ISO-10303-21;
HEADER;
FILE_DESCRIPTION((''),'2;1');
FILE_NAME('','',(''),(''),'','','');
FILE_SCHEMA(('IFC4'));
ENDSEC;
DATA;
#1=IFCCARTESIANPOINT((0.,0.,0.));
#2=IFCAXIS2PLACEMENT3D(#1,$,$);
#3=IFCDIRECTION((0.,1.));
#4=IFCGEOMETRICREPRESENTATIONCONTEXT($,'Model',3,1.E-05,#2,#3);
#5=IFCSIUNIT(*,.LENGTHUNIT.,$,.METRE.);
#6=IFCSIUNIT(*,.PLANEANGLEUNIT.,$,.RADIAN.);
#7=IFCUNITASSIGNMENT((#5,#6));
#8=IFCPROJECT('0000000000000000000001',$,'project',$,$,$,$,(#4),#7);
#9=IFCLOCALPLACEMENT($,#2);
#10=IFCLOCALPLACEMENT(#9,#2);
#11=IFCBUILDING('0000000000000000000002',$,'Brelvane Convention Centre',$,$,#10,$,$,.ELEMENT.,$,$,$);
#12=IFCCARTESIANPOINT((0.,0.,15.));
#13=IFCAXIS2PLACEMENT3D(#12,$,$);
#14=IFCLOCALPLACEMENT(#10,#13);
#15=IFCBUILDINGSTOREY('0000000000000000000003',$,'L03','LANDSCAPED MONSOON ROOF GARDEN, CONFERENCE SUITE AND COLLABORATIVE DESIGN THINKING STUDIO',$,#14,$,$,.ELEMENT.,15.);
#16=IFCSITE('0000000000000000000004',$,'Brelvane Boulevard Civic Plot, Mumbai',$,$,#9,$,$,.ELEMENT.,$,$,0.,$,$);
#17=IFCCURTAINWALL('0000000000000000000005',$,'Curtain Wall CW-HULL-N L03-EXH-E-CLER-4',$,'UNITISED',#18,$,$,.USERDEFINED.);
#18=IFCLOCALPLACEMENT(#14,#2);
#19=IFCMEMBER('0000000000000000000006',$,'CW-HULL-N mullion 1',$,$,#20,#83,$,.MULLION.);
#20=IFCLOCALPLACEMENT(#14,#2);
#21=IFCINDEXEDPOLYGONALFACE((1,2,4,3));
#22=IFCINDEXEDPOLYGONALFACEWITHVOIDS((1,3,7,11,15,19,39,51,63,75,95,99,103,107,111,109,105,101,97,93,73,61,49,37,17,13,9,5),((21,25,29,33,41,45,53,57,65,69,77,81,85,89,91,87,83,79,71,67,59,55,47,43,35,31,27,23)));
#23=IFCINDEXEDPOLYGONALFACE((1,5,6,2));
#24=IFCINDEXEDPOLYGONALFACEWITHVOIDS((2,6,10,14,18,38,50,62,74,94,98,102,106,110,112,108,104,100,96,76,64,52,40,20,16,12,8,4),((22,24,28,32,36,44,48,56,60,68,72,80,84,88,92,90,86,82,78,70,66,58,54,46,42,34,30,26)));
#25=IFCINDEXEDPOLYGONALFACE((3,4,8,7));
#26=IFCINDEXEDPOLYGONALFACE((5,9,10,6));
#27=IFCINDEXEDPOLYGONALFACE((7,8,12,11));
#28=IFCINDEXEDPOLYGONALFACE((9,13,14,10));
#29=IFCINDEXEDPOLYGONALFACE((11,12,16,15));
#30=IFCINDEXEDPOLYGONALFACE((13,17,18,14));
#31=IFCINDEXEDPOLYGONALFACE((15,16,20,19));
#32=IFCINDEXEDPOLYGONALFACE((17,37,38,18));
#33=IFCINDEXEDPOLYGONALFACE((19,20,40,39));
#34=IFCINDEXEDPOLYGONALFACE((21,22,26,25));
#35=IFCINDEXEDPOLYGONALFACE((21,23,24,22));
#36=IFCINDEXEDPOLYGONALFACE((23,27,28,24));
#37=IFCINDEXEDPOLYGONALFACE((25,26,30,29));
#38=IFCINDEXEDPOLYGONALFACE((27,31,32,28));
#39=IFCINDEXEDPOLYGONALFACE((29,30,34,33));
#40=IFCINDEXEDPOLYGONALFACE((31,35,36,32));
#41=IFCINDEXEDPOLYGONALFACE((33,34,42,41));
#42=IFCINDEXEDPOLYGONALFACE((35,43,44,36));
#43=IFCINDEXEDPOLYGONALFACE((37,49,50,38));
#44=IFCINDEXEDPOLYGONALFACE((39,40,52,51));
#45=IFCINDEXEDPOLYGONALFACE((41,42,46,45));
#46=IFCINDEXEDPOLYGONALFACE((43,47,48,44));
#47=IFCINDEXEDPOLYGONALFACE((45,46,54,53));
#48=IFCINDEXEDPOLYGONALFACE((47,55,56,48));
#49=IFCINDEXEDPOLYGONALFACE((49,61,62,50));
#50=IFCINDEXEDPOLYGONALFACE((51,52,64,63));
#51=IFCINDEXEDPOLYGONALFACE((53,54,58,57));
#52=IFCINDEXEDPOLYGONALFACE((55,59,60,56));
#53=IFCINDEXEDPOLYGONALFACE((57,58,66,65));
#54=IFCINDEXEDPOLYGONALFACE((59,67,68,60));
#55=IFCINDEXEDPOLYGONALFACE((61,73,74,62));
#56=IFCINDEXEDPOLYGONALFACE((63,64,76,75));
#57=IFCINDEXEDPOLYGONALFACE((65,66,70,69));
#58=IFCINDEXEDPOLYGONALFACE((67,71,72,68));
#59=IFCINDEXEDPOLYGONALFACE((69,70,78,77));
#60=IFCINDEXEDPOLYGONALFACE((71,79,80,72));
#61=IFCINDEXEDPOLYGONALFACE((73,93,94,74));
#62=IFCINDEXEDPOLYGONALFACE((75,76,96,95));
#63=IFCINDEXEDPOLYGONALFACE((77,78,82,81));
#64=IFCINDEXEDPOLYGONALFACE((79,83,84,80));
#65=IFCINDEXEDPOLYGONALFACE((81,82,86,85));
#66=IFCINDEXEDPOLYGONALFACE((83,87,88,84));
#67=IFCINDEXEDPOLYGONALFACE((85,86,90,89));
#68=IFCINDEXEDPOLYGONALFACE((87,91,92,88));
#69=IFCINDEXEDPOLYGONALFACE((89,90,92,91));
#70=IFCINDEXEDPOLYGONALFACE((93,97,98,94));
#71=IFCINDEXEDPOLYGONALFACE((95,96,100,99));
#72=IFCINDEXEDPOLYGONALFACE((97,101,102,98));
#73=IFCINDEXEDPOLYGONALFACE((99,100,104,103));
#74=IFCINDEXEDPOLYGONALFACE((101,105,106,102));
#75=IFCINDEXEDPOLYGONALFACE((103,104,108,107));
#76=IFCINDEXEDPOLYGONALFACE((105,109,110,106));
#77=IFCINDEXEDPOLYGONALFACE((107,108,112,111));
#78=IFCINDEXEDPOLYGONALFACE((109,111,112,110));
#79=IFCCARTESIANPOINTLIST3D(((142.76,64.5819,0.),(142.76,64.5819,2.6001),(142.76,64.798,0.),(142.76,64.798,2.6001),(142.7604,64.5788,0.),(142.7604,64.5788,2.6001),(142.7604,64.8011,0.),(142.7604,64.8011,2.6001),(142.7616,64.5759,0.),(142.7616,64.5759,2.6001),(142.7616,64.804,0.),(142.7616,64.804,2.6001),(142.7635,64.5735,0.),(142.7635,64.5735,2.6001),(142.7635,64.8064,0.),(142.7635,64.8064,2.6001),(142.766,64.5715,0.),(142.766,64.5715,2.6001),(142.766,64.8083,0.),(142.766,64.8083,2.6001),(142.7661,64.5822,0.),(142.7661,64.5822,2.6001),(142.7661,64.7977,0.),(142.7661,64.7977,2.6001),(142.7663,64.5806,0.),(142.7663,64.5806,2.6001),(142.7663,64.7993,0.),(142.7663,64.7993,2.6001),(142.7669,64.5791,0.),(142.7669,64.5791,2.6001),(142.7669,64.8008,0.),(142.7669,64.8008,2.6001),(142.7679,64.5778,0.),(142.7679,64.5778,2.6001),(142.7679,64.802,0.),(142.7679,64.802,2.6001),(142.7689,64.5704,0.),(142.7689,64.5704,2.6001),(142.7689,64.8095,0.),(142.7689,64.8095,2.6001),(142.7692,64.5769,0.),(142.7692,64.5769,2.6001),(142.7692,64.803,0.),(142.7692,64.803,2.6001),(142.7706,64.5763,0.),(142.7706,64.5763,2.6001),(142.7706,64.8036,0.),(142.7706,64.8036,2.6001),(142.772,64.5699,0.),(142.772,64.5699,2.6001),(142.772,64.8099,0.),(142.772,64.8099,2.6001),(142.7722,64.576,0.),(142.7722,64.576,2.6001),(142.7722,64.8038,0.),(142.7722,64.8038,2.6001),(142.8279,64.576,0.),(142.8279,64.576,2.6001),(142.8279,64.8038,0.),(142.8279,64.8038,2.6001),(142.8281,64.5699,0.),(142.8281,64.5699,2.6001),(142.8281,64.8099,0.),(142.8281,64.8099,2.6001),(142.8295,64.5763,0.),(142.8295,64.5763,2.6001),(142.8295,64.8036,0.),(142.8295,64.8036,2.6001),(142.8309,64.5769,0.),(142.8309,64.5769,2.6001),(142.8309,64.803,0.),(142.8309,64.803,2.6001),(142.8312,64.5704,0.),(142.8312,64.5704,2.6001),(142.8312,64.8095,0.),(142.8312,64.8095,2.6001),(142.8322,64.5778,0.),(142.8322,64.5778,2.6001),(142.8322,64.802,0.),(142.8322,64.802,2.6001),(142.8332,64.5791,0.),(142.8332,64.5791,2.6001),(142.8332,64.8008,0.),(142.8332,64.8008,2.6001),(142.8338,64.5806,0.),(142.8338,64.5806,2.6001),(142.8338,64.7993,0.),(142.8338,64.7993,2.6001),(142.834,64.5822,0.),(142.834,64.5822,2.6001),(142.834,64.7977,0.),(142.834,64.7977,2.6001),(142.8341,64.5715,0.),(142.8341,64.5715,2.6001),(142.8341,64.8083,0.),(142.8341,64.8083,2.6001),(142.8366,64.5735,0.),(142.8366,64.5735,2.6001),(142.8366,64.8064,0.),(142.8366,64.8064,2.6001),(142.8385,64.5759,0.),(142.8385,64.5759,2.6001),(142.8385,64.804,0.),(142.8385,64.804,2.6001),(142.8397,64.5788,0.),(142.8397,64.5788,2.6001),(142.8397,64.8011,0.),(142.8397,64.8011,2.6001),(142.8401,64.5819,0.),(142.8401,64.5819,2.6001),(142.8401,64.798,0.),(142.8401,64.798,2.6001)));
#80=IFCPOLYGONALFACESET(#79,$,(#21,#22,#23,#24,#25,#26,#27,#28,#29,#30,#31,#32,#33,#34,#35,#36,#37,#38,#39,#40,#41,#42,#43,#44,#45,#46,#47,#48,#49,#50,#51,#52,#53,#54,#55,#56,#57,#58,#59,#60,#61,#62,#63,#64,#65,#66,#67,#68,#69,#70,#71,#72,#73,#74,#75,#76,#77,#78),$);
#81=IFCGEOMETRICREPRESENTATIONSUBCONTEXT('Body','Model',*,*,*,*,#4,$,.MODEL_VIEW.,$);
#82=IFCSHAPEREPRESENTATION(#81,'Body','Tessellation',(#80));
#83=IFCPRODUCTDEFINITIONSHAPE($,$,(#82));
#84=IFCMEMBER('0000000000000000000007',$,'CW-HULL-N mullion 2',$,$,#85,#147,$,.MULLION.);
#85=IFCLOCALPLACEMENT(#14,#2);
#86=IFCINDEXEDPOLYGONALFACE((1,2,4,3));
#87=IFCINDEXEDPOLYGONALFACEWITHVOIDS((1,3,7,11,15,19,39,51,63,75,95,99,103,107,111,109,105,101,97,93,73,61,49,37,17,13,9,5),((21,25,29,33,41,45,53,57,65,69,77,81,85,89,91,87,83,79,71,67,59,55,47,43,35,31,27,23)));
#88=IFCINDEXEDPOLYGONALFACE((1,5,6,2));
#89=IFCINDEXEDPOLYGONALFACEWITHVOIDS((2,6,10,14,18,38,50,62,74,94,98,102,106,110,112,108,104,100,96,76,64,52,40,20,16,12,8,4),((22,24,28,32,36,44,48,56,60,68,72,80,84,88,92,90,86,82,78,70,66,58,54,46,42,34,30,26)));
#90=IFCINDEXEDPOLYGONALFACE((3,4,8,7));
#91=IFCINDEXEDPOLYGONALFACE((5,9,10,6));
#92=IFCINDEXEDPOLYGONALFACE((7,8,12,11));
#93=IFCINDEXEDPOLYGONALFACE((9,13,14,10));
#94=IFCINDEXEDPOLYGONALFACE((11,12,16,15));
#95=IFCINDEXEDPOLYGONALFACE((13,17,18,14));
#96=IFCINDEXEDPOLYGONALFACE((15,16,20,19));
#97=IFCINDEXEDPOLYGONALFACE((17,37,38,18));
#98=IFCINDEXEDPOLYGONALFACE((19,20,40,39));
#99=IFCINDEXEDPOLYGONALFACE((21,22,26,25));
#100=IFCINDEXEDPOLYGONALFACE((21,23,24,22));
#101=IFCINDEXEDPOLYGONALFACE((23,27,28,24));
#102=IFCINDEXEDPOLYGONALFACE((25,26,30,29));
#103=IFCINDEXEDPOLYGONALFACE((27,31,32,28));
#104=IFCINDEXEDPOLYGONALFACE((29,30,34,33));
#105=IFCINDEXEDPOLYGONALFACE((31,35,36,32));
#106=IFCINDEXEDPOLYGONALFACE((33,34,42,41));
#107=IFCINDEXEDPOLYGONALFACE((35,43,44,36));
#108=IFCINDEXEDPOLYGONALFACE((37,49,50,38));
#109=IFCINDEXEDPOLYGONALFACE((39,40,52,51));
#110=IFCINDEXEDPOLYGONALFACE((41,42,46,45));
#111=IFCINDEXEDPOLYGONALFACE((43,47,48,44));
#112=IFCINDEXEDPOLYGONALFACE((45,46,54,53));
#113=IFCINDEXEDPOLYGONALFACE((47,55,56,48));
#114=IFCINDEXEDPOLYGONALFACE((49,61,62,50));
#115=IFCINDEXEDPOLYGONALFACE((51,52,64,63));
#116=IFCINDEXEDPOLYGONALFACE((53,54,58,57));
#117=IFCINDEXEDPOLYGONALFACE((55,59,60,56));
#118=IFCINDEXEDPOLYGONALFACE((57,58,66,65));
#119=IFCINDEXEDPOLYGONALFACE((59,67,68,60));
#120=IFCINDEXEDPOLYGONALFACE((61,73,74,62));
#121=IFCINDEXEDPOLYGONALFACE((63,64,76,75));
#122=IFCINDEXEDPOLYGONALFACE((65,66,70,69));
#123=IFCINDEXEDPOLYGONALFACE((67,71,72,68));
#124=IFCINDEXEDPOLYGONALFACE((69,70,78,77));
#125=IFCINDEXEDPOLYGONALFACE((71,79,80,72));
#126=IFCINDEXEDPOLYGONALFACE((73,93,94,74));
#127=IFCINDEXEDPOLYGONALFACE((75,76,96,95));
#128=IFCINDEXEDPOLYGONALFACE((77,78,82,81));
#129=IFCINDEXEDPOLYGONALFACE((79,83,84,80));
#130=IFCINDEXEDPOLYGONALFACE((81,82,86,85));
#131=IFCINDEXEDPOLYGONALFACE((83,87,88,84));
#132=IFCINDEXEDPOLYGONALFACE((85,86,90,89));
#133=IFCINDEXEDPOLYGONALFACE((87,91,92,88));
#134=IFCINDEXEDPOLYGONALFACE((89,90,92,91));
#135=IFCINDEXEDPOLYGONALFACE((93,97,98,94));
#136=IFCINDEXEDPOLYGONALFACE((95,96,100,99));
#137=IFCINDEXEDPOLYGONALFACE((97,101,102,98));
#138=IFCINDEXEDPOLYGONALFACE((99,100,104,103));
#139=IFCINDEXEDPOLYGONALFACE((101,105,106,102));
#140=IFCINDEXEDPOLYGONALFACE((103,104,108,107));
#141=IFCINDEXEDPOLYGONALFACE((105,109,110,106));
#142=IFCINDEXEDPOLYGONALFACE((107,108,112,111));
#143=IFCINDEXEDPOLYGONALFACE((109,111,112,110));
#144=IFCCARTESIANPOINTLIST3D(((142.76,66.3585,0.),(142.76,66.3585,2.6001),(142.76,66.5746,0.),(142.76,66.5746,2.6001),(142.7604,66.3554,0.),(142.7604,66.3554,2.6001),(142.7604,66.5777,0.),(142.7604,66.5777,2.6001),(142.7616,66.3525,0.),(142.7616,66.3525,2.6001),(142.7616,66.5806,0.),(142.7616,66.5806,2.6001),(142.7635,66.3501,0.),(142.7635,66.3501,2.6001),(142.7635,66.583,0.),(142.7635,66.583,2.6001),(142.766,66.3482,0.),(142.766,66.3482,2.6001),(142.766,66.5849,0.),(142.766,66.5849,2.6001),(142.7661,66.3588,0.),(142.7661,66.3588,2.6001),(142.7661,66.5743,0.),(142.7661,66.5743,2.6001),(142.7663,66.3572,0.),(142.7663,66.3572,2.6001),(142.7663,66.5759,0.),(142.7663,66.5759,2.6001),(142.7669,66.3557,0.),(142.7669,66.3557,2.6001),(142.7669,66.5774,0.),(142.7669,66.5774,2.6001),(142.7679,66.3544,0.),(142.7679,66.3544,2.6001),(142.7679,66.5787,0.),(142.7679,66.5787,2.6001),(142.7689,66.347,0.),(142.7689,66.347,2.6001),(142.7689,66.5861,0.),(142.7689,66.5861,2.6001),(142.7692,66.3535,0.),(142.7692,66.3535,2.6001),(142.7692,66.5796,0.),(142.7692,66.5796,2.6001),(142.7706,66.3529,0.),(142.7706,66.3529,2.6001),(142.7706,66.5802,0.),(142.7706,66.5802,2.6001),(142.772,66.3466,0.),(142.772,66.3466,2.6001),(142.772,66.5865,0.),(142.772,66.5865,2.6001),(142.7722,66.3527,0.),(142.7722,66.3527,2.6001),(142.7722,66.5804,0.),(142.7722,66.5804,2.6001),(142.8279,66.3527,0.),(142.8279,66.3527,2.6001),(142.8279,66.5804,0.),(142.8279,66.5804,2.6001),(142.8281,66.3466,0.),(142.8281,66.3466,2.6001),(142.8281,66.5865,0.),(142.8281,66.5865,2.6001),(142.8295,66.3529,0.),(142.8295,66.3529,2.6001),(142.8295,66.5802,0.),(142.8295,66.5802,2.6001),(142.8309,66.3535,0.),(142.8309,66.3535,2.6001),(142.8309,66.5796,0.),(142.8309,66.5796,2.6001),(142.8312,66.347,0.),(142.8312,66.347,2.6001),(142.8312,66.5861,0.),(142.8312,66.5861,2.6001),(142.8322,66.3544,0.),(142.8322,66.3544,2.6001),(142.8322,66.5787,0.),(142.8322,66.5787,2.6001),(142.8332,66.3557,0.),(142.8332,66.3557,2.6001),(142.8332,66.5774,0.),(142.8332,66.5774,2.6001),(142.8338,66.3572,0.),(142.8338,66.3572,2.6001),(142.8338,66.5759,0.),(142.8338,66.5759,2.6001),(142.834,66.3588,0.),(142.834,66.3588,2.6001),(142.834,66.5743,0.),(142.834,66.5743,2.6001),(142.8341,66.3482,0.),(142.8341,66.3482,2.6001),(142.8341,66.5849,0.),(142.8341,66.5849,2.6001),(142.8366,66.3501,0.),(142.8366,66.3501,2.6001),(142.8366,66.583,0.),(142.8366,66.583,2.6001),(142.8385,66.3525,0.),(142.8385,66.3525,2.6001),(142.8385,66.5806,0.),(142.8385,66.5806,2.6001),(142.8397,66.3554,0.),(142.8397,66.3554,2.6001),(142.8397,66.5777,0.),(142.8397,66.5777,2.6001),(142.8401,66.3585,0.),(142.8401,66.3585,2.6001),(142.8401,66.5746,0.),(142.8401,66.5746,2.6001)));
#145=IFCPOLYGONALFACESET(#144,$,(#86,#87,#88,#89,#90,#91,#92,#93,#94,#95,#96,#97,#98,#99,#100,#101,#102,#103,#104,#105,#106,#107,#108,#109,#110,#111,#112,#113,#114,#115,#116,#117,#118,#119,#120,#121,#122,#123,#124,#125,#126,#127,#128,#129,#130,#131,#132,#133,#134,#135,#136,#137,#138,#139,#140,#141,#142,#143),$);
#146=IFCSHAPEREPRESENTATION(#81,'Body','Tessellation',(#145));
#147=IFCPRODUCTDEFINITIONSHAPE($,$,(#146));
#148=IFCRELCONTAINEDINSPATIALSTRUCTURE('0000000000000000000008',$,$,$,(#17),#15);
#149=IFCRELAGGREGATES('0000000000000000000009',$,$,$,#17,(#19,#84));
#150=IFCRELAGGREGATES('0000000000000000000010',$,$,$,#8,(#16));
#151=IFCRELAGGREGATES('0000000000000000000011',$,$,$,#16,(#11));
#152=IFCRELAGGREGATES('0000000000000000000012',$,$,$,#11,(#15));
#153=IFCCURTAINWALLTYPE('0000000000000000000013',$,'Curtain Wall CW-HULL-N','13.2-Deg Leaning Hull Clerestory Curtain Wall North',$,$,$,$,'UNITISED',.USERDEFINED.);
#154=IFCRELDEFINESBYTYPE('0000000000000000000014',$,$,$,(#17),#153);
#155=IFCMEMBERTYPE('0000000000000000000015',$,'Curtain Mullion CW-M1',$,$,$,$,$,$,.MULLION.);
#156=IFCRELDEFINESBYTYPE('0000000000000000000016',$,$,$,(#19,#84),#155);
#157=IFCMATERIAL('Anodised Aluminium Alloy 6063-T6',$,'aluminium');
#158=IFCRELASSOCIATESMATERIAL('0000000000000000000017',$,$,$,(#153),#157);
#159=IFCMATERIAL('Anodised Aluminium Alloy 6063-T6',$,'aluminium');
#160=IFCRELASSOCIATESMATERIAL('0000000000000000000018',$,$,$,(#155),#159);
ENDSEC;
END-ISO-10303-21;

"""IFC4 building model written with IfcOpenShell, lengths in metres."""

from ifc_helpers import new_model, si_unit, direction, frame, origin, origin_2d, place, context, subcontext, project, spatial, hollow_rectangle, extrude, material, material_profile, profile_set, type_object, element, aggregate, save


model = new_model("IFC4")

# Units and contexts
model_context = context("Model", 3, precision=1e-05, world=origin(), true_north=direction((0.0, 1.0)))
body_context = subcontext(model_context, "Body", "Model", "MODEL_VIEW")
ifc_project = project(units=[si_unit("LENGTHUNIT", "METRE"), si_unit("PLANEANGLEUNIT", "RADIAN")], contexts=[model_context])

# Site, building, storey
site_placement = place(None, origin())
site = spatial("IfcSite", under=ifc_project, at=site_placement, Name="Brelvane Boulevard Civic Plot, Mumbai", CompositionType="ELEMENT", RefElevation=0.0)
building_placement = place(site_placement, origin())
building = spatial("IfcBuilding", under=site, at=building_placement, Name="Brelvane Convention Centre", CompositionType="ELEMENT")
storey_placement = place(building_placement, frame((0.0, 0.0, 15.0)))
storey = spatial("IfcBuildingStorey", under=building, at=storey_placement, Name="L03", Description="LANDSCAPED MONSOON ROOF GARDEN, CONFERENCE SUITE AND COLLABORATIVE DESIGN THINKING STUDIO", CompositionType="ELEMENT", Elevation=15.0)

# Curtain wall, members
ifc_material_1 = material(Name="Anodised Aluminium Alloy 6063-T6", Category="aluminium")
curtain_wall_type = type_object("IfcCurtainWallType", Name="Curtain Wall CW-HULL-N", Description="13.2-Deg Leaning Hull Clerestory Curtain Wall North", ElementType="UNITISED", PredefinedType="USERDEFINED", material=ifc_material_1)
ifc_material_2 = material(Name="Anodised Aluminium Alloy 6063-T6", Category="aluminium")
ifc_material_profile_1 = material_profile(ifc_material_2, hollow_rectangle(XDim=0.0801, YDim=0.24, WallThickness=0.0061, InnerFilletRadius=0.0061, OuterFilletRadius=0.012, at=origin_2d()), Name="ALU-M 240x80x6.0")
ifc_profile_set_1 = profile_set([ifc_material_profile_1], Name="Anodised Aluminium Alloy 6063-T6")
member_type_1 = type_object("IfcMemberType", Name="Curtain Mullion CW-M1", PredefinedType="MULLION", material=ifc_profile_set_1)
curtain_wall_1_placement = place(storey_placement, origin())
curtain_wall_1 = element("IfcCurtainWall", 1, at=curtain_wall_1_placement, inside=storey, type_object=curtain_wall_type, Name="Curtain Wall CW-HULL-N L03-EXH-E-CLER-4", ObjectType="UNITISED", PredefinedType="USERDEFINED")
member_1_placement = place(storey_placement, frame((142.8, 64.6899, 0.0), z_axis=(0.0, 0.0, 1.0), x_axis=(-1.0, 0.0, 0.0)))
member_1 = element("IfcMember", 2, at=member_1_placement, type_object=member_type_1, Name="CW-HULL-N mullion 1", PredefinedType="MULLION", context=body_context, shape_type="SweptSolid", body=[
    extrude(hollow_rectangle(XDim=0.0801, YDim=0.24, WallThickness=0.0061, InnerFilletRadius=0.0061, OuterFilletRadius=0.012, at=origin_2d()), origin(), (0.0, 0.0, 1.0), 2.6001),
])
member_2_placement = place(storey_placement, frame((142.8, 66.4666, 0.0), z_axis=(0.0, 0.0, 1.0), x_axis=(-1.0, 0.0, 0.0)))
member_2 = element("IfcMember", 3, at=member_2_placement, type_object=member_type_1, Name="CW-HULL-N mullion 2", PredefinedType="MULLION", context=body_context, shape_type="SweptSolid", body=[
    extrude(hollow_rectangle(XDim=0.0801, YDim=0.24, WallThickness=0.0061, InnerFilletRadius=0.0061, OuterFilletRadius=0.012, at=origin_2d()), origin(), (0.0, 0.0, 1.0), 2.6001),
])

aggregate(curtain_wall_1, [member_1, member_2])

save(model, "model.ifc")
